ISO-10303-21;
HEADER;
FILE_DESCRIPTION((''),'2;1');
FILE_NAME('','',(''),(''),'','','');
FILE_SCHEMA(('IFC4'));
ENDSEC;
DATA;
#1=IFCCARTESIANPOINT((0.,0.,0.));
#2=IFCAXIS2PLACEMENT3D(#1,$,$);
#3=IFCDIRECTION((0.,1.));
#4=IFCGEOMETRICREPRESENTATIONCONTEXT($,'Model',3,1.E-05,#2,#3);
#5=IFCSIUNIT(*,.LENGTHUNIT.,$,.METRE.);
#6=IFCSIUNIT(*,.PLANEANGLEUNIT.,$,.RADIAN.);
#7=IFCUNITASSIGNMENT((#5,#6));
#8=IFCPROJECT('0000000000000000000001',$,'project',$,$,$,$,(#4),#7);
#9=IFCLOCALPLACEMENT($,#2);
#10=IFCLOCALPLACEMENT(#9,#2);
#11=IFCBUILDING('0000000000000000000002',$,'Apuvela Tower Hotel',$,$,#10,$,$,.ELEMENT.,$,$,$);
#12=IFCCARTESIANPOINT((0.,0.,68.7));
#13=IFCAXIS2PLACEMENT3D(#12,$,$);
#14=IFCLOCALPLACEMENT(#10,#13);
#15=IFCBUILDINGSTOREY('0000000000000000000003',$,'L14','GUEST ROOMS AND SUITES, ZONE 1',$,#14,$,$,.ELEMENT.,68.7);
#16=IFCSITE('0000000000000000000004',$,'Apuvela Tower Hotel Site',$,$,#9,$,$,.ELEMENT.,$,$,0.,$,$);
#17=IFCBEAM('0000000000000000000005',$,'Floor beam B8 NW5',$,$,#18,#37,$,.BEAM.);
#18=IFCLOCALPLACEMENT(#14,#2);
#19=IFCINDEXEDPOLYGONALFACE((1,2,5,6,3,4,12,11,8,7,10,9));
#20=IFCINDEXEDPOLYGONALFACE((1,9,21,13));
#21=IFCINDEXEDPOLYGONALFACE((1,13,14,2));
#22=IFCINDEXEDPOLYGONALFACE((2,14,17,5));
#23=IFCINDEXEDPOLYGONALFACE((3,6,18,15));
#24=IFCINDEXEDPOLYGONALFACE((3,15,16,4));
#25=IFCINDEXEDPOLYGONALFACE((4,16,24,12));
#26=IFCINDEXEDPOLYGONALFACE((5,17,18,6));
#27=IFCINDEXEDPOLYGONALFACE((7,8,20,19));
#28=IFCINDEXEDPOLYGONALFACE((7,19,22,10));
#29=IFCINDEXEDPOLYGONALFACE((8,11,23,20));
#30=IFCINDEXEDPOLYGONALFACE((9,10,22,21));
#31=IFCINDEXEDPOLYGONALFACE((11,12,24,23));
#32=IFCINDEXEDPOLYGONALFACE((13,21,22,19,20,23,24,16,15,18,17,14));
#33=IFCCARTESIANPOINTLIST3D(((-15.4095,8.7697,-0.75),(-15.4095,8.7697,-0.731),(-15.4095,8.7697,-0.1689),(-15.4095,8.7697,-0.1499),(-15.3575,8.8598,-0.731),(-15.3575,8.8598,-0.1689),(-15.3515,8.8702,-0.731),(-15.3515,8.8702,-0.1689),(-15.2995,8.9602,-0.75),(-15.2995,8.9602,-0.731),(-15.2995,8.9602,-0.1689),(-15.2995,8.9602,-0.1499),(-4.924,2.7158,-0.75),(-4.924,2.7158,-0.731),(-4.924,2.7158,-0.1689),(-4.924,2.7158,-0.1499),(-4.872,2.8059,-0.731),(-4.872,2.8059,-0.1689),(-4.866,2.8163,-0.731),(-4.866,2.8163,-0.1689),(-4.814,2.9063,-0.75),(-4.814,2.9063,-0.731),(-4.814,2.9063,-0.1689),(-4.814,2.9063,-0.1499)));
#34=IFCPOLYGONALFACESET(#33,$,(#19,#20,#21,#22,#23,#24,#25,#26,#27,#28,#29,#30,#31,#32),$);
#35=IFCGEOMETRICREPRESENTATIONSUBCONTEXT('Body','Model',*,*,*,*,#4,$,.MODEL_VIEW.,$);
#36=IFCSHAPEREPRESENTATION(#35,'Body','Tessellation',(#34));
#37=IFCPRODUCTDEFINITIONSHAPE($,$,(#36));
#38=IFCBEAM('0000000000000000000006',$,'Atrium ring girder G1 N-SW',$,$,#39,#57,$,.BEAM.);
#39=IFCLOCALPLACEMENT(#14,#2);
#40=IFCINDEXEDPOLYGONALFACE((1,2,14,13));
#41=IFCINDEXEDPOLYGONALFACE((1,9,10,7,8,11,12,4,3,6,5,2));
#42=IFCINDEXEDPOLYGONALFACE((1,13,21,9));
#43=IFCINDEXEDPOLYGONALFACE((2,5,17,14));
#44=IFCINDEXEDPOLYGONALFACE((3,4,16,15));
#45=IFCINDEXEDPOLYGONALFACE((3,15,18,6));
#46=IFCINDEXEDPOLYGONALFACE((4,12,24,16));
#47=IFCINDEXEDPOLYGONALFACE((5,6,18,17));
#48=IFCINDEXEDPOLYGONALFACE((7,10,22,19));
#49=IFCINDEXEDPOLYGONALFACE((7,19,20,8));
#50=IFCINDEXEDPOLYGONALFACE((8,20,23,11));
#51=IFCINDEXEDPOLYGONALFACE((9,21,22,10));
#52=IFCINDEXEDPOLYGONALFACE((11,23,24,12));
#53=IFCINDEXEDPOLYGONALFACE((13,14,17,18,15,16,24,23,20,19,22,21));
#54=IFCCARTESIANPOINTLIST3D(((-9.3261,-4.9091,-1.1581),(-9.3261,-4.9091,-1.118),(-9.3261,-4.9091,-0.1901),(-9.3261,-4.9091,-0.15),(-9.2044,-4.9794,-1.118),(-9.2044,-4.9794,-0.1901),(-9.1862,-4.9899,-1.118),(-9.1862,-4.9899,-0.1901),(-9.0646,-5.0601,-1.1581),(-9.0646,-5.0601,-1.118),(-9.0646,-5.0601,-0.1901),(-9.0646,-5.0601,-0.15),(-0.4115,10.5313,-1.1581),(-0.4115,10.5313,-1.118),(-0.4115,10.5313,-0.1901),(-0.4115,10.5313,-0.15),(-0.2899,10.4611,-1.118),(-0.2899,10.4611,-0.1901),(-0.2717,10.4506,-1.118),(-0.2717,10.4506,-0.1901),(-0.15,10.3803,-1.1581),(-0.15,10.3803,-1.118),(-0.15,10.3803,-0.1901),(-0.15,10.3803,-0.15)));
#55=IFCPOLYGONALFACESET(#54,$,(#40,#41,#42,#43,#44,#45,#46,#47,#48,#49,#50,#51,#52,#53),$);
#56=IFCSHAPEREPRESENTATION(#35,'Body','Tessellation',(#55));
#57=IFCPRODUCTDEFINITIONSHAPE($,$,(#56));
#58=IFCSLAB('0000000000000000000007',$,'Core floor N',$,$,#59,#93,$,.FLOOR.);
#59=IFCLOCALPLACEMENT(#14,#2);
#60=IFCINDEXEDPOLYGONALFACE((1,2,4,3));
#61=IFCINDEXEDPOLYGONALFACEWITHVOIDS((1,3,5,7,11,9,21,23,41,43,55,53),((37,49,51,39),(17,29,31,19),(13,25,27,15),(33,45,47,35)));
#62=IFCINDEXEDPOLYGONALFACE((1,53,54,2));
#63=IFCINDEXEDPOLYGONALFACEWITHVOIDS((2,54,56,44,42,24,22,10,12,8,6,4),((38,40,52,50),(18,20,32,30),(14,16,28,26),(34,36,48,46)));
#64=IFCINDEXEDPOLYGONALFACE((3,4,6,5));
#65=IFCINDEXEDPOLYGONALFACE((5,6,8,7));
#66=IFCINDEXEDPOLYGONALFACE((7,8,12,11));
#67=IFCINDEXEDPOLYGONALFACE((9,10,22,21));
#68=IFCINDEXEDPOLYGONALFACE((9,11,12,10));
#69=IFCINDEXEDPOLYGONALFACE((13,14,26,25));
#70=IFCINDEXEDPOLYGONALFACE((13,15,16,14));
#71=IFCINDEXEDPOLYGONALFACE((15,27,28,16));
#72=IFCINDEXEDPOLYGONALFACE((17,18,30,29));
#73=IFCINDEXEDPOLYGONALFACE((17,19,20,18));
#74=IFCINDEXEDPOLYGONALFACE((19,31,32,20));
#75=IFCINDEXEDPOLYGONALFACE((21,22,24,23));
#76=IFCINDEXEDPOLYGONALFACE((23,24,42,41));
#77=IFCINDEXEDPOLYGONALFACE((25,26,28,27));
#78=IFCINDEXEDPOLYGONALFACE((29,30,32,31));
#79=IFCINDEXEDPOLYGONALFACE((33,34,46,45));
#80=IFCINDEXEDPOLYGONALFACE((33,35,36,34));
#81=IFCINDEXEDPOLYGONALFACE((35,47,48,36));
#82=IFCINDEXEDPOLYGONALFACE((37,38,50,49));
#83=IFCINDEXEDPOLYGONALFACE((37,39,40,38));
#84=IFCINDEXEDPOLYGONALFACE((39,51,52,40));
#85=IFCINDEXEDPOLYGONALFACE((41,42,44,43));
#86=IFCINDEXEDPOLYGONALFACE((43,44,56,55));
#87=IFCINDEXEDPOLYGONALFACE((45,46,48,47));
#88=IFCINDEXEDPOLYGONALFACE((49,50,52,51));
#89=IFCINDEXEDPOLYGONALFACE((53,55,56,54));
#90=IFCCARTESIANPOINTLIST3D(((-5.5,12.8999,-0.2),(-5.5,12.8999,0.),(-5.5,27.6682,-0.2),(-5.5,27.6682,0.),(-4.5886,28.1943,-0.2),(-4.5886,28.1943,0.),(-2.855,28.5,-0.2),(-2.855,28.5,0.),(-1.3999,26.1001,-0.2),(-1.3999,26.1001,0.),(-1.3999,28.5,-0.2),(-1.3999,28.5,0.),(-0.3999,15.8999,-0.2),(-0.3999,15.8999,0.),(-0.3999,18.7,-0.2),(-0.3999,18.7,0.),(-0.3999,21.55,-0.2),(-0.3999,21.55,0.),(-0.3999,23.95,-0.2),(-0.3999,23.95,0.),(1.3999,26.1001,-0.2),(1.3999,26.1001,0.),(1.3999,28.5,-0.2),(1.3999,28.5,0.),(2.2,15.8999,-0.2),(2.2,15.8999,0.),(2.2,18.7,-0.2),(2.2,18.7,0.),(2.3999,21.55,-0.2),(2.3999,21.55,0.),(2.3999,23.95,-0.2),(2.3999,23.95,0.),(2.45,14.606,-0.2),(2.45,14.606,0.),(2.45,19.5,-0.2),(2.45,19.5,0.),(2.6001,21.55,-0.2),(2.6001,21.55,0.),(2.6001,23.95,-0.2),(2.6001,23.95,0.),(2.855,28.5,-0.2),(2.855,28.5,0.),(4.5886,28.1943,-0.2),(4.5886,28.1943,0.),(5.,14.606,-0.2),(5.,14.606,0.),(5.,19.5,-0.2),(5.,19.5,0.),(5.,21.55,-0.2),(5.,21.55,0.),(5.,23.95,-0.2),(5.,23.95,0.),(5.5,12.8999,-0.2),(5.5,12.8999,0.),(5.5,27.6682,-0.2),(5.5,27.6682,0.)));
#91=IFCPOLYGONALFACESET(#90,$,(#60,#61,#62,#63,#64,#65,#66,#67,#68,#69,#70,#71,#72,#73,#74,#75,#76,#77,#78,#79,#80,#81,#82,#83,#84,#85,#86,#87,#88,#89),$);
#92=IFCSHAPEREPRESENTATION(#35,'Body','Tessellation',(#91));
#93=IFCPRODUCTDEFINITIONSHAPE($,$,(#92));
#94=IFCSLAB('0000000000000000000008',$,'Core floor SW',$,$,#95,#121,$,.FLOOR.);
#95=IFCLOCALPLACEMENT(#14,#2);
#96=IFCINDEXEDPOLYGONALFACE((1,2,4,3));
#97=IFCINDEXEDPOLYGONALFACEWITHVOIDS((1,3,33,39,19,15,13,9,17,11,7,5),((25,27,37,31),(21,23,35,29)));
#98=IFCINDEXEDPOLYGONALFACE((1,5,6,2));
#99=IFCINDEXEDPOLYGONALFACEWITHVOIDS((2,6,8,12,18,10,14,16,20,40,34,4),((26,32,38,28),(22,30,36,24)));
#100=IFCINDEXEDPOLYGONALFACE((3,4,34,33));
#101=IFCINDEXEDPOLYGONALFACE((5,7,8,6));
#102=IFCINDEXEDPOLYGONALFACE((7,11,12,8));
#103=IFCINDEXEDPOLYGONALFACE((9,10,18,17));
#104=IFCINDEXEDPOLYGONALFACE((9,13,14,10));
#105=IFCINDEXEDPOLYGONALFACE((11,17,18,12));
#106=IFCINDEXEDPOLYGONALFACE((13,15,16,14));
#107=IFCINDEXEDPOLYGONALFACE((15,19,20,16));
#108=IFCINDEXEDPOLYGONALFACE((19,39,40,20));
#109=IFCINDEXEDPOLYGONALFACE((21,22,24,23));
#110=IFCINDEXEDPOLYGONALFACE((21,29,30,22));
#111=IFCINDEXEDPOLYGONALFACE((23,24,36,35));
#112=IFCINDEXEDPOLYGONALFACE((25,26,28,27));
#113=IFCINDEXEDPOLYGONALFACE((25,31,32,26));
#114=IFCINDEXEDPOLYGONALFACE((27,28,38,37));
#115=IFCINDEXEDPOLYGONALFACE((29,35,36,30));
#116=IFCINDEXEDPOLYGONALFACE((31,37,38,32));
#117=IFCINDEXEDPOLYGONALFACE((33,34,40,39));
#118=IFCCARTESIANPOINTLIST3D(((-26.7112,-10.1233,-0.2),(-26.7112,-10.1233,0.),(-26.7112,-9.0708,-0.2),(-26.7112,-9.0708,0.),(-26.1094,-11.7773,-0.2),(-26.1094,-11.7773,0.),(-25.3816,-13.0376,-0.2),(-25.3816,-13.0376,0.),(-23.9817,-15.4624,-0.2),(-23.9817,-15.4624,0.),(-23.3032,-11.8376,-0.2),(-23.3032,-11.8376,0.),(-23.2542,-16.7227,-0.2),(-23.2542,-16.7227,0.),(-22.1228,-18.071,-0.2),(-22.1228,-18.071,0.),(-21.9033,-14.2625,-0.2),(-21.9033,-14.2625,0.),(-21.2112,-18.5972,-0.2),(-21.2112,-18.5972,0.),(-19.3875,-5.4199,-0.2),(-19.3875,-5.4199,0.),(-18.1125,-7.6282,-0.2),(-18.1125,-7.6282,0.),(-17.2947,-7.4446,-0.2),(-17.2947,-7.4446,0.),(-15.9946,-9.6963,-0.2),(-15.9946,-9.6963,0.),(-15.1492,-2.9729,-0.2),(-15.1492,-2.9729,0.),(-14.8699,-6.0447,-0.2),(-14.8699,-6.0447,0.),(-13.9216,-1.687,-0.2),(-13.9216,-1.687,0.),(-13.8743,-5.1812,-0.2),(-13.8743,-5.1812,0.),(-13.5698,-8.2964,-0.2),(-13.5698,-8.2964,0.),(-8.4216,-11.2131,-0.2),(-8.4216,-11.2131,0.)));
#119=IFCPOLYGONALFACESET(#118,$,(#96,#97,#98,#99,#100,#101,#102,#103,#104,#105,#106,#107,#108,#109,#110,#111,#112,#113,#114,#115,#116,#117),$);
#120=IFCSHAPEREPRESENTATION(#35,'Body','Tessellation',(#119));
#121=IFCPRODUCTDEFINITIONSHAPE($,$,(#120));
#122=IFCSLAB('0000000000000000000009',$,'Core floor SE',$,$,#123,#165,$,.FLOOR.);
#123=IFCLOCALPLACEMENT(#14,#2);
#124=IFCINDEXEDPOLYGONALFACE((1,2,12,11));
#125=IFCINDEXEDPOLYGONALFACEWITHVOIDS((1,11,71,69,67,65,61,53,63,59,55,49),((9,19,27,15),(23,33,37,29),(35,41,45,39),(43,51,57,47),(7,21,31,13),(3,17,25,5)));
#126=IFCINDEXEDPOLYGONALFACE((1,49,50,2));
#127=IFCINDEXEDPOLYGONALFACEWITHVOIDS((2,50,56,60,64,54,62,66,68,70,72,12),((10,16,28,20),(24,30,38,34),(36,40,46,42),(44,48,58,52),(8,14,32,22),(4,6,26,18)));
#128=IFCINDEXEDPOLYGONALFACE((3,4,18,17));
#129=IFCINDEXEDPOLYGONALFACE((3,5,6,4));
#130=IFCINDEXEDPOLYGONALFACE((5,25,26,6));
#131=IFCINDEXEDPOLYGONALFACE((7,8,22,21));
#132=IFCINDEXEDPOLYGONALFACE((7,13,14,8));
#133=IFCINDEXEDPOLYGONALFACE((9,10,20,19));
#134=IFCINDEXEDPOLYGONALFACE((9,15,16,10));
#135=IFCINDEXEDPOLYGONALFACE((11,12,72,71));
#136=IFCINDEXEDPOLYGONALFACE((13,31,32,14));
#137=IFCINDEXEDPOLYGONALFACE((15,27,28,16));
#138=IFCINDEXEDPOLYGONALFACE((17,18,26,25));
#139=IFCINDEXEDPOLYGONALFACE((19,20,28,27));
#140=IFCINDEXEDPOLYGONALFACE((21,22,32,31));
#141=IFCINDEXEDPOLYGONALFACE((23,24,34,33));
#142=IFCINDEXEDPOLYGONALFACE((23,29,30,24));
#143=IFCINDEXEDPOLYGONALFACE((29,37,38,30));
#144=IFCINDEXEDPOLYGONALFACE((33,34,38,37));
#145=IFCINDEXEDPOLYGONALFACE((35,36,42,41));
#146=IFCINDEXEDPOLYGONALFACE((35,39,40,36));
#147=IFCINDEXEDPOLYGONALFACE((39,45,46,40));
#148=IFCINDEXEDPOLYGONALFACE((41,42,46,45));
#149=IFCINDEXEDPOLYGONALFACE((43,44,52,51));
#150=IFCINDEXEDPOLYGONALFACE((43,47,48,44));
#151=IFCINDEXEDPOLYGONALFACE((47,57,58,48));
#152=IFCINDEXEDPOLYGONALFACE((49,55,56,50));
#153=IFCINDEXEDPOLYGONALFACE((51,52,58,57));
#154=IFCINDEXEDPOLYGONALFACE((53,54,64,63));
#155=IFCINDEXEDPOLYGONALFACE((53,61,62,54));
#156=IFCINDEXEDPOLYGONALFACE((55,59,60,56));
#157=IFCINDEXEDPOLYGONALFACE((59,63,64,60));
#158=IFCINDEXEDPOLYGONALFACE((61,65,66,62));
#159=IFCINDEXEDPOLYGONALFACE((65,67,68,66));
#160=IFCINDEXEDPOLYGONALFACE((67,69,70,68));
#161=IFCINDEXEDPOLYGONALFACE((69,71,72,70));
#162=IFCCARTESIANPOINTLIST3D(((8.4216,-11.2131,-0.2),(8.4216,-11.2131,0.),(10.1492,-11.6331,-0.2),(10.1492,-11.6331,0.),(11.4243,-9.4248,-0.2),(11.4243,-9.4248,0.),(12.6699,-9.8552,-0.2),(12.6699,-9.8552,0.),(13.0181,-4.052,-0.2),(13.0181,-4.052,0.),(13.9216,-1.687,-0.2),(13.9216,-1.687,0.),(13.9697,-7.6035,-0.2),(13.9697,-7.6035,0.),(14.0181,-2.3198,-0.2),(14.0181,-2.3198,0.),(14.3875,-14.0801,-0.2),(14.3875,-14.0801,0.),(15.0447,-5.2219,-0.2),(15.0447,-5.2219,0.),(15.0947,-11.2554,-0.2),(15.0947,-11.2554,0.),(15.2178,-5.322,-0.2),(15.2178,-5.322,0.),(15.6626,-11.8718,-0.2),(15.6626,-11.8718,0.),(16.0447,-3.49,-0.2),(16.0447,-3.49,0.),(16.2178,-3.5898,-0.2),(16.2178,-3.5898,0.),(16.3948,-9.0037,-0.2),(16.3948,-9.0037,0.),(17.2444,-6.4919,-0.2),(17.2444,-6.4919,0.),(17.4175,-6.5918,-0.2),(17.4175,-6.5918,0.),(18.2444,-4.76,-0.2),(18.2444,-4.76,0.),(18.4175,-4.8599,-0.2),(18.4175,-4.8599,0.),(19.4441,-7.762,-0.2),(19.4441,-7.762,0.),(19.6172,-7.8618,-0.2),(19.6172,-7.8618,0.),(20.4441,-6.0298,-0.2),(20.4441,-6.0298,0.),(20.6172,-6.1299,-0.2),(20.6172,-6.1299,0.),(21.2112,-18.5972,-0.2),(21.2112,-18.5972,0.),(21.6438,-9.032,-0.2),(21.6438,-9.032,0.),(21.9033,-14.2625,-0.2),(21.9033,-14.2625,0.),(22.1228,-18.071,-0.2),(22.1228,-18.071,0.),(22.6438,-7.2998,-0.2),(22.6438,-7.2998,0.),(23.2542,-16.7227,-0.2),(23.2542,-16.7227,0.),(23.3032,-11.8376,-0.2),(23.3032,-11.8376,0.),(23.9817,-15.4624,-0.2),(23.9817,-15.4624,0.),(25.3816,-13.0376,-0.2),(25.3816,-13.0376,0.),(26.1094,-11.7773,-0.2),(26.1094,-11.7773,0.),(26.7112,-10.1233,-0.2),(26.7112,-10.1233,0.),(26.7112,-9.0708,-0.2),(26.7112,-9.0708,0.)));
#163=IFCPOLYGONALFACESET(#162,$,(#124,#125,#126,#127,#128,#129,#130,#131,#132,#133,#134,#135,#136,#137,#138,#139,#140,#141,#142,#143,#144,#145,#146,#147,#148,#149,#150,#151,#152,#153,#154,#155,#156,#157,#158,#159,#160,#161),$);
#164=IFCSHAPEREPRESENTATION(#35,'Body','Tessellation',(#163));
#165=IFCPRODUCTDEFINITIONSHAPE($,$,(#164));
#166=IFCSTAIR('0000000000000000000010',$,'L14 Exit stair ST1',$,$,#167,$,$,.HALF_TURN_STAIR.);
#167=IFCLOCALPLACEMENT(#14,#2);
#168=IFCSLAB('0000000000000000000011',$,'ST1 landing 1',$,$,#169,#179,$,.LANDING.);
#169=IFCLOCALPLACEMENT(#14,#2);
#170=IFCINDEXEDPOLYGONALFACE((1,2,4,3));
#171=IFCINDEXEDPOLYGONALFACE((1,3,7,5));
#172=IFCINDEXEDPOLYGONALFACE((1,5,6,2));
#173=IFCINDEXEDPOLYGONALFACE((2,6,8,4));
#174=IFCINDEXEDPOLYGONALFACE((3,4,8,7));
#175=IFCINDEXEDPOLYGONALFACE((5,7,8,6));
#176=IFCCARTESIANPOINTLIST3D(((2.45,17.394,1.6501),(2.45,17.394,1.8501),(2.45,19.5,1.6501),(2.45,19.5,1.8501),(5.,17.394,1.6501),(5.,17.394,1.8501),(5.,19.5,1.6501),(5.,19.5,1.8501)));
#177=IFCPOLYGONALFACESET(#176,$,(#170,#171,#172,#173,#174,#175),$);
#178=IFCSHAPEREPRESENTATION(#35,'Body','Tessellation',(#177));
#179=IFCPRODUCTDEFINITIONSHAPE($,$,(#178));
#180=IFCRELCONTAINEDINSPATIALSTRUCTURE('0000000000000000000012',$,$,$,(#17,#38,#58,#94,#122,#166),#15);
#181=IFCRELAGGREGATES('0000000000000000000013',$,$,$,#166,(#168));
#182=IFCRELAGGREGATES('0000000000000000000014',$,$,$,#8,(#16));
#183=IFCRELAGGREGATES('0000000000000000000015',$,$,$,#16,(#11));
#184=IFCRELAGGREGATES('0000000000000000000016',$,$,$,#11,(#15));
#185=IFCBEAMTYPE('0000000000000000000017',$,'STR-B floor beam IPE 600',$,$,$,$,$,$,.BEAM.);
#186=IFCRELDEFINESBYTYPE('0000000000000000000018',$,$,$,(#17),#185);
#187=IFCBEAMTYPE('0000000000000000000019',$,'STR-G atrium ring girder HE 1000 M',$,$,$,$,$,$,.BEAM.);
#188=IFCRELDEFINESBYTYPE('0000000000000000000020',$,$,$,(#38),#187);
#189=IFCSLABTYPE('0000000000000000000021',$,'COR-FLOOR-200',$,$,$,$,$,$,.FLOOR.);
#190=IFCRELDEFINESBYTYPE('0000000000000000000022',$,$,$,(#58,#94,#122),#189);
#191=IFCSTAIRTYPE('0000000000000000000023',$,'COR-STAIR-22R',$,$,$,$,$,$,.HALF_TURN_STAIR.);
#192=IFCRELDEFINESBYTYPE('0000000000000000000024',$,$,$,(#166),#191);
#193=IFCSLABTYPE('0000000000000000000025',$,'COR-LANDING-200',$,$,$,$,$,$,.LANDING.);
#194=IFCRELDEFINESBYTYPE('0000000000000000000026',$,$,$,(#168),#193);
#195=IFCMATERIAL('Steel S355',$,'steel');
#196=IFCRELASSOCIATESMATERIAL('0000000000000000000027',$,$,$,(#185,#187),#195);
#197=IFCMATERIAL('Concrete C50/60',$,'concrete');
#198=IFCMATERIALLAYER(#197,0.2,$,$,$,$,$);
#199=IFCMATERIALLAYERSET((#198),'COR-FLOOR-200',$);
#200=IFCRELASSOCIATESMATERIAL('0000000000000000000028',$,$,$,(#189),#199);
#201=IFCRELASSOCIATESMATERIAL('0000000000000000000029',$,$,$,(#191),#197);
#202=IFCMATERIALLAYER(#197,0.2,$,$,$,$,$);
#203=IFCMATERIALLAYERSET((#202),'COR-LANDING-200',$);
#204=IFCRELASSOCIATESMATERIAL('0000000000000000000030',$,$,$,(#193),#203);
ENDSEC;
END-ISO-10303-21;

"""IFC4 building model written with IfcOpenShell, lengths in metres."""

from ifc_helpers import new_model, si_unit, direction, frame, origin, origin_2d, place, context, subcontext, project, spatial, polyline, i_section, outline, extrude, material, layer, layer_set, material_profile, profile_set, type_object, element, aggregate, save


model = new_model("IFC4")

# Units and contexts
model_context = context("Model", 3, precision=1e-05, world=origin(), true_north=direction((0.0, 1.0)))
body_context = subcontext(model_context, "Body", "Model", "MODEL_VIEW")
ifc_project = project(units=[si_unit("LENGTHUNIT", "METRE"), si_unit("PLANEANGLEUNIT", "RADIAN")], contexts=[model_context])

# Site, building, storey
site_placement = place(None, origin())
site = spatial("IfcSite", under=ifc_project, at=site_placement, Name="Apuvela Tower Hotel Site", CompositionType="ELEMENT", RefElevation=0.0)
building_placement = place(site_placement, origin())
building = spatial("IfcBuilding", under=site, at=building_placement, Name="Apuvela Tower Hotel", CompositionType="ELEMENT")
storey_placement = place(building_placement, frame((0.0, 0.0, 68.7)))
storey = spatial("IfcBuildingStorey", under=building, at=storey_placement, Name="L14", Description="GUEST ROOMS AND SUITES, ZONE 1", CompositionType="ELEMENT", Elevation=68.7)

# Beams
ifc_material_1 = material(Name="Steel S355", Category="steel")
ifc_material_profile_1 = material_profile(ifc_material_1, i_section(OverallWidth=0.22, OverallDepth=0.6001, WebThickness=0.012, FlangeThickness=0.019, at=origin_2d()), Name="IPE 600")
ifc_profile_set_1 = profile_set([ifc_material_profile_1], Name="Steel S355")
beam_type_1 = type_object("IfcBeamType", Name="STR-B floor beam IPE 600", PredefinedType="BEAM", material=ifc_profile_set_1)
beam_1_placement = place(storey_placement, frame((-15.3545, 8.865, -0.45), z_axis=(0.866022, -0.500006, 0.0), x_axis=(0.500006, 0.866022, 0.0)))
element("IfcBeam", 1, at=beam_1_placement, inside=storey, type_object=beam_type_1, Name="Floor beam B8 NW5", PredefinedType="BEAM", context=body_context, shape_type="SweptSolid", body=[
    extrude(i_section(OverallWidth=0.22, OverallDepth=0.6001, WebThickness=0.012, FlangeThickness=0.019, at=origin_2d()), origin(), (0.0, 0.0, 1.0), 12.1077),
])
ifc_material_profile_2 = material_profile(ifc_material_1, i_section(OverallWidth=0.302, OverallDepth=1.0081, WebThickness=0.021, FlangeThickness=0.04, at=origin_2d()), Name="HE 1000 M")
ifc_profile_set_2 = profile_set([ifc_material_profile_2], Name="Steel S355")
beam_type_2 = type_object("IfcBeamType", Name="STR-G atrium ring girder HE 1000 M", PredefinedType="BEAM", material=ifc_profile_set_2)
beam_2_placement = place(storey_placement, frame((-0.2808, 10.4558, -0.6541), z_axis=(-0.500001, -0.866025, 0.0), x_axis=(0.866025, -0.500001, 0.0)))
element("IfcBeam", 2, at=beam_2_placement, inside=storey, type_object=beam_type_2, Name="Atrium ring girder G1 N-SW", PredefinedType="BEAM", context=body_context, shape_type="SweptSolid", body=[
    extrude(i_section(OverallWidth=0.302, OverallDepth=1.0081, WebThickness=0.021, FlangeThickness=0.04, at=origin_2d()), origin(), (0.0, 0.0, 1.0), 17.8291),
])

# Slabs
ifc_material_2 = material(Name="Concrete C50/60", Category="concrete")
ifc_layer_1 = layer(ifc_material_2, 0.2)
ifc_layer_set_1 = layer_set([ifc_layer_1], Name="COR-FLOOR-200")
slab_type_1 = type_object("IfcSlabType", Name="COR-FLOOR-200", PredefinedType="FLOOR", material=ifc_layer_set_1)
slab_1_placement = place(storey_placement, frame((0.0, 0.0, -0.2)))
element("IfcSlab", 3, at=slab_1_placement, inside=storey, type_object=slab_type_1, Name="Core floor N", PredefinedType="FLOOR", context=body_context, shape_type="SweptSolid", body=[
    extrude(outline(polyline([(5.5, 27.6682), (4.5886, 28.1943), (2.855, 28.5), (1.3999, 28.5), (1.3999, 26.1001), (-1.3999, 26.1001), (-1.3999, 28.5), (-2.855, 28.5), (-4.5886, 28.1943), (-5.5, 27.6682), (-5.5, 12.8999), (5.5, 12.8999), (5.5, 27.6682)]), holes=[polyline([(5.0, 14.606), (2.45, 14.606), (2.45, 19.5), (5.0, 19.5), (5.0, 14.606)]), polyline([(2.2, 15.8999), (-0.3999, 15.8999), (-0.3999, 18.7), (2.2, 18.7), (2.2, 15.8999)]), polyline([(5.0, 21.55), (2.6001, 21.55), (2.6001, 23.95), (5.0, 23.95), (5.0, 21.55)]), polyline([(2.3999, 21.55), (-0.3999, 21.55), (-0.3999, 23.95), (2.3999, 23.95), (2.3999, 21.55)])]), origin(), (0.0, 0.0, 1.0), 0.2),
])
slab_2_placement = place(storey_placement, frame((0.0, 0.0, -0.2)))
element("IfcSlab", 4, at=slab_2_placement, inside=storey, type_object=slab_type_1, Name="Core floor SW", PredefinedType="FLOOR", context=body_context, shape_type="SweptSolid", body=[
    extrude(outline(polyline([(-26.7112, -9.0708), (-26.7112, -10.1233), (-26.1094, -11.7773), (-25.3816, -13.0376), (-23.3032, -11.8376), (-21.9033, -14.2625), (-23.9817, -15.4624), (-23.2542, -16.7227), (-22.1228, -18.071), (-21.2112, -18.5972), (-8.4216, -11.2131), (-13.9216, -1.687), (-26.7112, -9.0708)]), holes=[polyline([(-13.8743, -5.1812), (-18.1125, -7.6282), (-19.3875, -5.4199), (-15.1492, -2.9729), (-13.8743, -5.1812)]), polyline([(-13.5698, -8.2964), (-15.9946, -9.6963), (-17.2947, -7.4446), (-14.8699, -6.0447), (-13.5698, -8.2964)])]), origin(), (0.0, 0.0, 1.0), 0.2),
])
slab_3_placement = place(storey_placement, frame((0.0, 0.0, -0.2)))
element("IfcSlab", 5, at=slab_3_placement, inside=storey, type_object=slab_type_1, Name="Core floor SE", PredefinedType="FLOOR", context=body_context, shape_type="SweptSolid", body=[
    extrude(outline(polyline([(21.2112, -18.5972), (22.1228, -18.071), (23.2542, -16.7227), (23.9817, -15.4624), (21.9033, -14.2625), (23.3032, -11.8376), (25.3816, -13.0376), (26.1094, -11.7773), (26.7112, -10.1233), (26.7112, -9.0708), (13.9216, -1.687), (8.4216, -11.2131), (21.2112, -18.5972)]), holes=[polyline([(13.0181, -4.052), (14.0181, -2.3198), (16.0447, -3.49), (15.0447, -5.2219), (13.0181, -4.052)]), polyline([(17.2444, -6.4919), (15.2178, -5.322), (16.2178, -3.5898), (18.2444, -4.76), (17.2444, -6.4919)]), polyline([(14.3875, -14.0801), (10.1492, -11.6331), (11.4243, -9.4248), (15.6626, -11.8718), (14.3875, -14.0801)]), polyline([(12.6699, -9.8552), (13.9697, -7.6035), (16.3948, -9.0037), (15.0947, -11.2554), (12.6699, -9.8552)]), polyline([(19.4441, -7.762), (17.4175, -6.5918), (18.4175, -4.8599), (20.4441, -6.0298), (19.4441, -7.762)]), polyline([(21.6438, -9.032), (19.6172, -7.8618), (20.6172, -6.1299), (22.6438, -7.2998), (21.6438, -9.032)])]), origin(), (0.0, 0.0, 1.0), 0.2),
])

# Stair, slab
stair_type = type_object("IfcStairType", Name="COR-STAIR-22R", PredefinedType="HALF_TURN_STAIR", material=ifc_material_2)
stair_1_placement = place(storey_placement, origin())
stair_1 = element("IfcStair", 6, at=stair_1_placement, inside=storey, type_object=stair_type, Name="L14 Exit stair ST1", PredefinedType="HALF_TURN_STAIR")
ifc_layer_2 = layer(ifc_material_2, 0.2)
ifc_layer_set_2 = layer_set([ifc_layer_2], Name="COR-LANDING-200")
slab_type_2 = type_object("IfcSlabType", Name="COR-LANDING-200", PredefinedType="LANDING", material=ifc_layer_set_2)
slab_4_placement = place(storey_placement, frame((0.0, 0.0, 1.6501)))
slab_4 = element("IfcSlab", 7, at=slab_4_placement, type_object=slab_type_2, Name="ST1 landing 1", PredefinedType="LANDING", context=body_context, shape_type="SweptSolid", body=[
    extrude(outline(polyline([(5.0, 17.394), (5.0, 19.5), (2.45, 19.5), (2.45, 17.394), (5.0, 17.394)])), origin(), (0.0, 0.0, 1.0), 0.2),
])
aggregate(stair_1, [slab_4])

save(model, "model.ifc")
